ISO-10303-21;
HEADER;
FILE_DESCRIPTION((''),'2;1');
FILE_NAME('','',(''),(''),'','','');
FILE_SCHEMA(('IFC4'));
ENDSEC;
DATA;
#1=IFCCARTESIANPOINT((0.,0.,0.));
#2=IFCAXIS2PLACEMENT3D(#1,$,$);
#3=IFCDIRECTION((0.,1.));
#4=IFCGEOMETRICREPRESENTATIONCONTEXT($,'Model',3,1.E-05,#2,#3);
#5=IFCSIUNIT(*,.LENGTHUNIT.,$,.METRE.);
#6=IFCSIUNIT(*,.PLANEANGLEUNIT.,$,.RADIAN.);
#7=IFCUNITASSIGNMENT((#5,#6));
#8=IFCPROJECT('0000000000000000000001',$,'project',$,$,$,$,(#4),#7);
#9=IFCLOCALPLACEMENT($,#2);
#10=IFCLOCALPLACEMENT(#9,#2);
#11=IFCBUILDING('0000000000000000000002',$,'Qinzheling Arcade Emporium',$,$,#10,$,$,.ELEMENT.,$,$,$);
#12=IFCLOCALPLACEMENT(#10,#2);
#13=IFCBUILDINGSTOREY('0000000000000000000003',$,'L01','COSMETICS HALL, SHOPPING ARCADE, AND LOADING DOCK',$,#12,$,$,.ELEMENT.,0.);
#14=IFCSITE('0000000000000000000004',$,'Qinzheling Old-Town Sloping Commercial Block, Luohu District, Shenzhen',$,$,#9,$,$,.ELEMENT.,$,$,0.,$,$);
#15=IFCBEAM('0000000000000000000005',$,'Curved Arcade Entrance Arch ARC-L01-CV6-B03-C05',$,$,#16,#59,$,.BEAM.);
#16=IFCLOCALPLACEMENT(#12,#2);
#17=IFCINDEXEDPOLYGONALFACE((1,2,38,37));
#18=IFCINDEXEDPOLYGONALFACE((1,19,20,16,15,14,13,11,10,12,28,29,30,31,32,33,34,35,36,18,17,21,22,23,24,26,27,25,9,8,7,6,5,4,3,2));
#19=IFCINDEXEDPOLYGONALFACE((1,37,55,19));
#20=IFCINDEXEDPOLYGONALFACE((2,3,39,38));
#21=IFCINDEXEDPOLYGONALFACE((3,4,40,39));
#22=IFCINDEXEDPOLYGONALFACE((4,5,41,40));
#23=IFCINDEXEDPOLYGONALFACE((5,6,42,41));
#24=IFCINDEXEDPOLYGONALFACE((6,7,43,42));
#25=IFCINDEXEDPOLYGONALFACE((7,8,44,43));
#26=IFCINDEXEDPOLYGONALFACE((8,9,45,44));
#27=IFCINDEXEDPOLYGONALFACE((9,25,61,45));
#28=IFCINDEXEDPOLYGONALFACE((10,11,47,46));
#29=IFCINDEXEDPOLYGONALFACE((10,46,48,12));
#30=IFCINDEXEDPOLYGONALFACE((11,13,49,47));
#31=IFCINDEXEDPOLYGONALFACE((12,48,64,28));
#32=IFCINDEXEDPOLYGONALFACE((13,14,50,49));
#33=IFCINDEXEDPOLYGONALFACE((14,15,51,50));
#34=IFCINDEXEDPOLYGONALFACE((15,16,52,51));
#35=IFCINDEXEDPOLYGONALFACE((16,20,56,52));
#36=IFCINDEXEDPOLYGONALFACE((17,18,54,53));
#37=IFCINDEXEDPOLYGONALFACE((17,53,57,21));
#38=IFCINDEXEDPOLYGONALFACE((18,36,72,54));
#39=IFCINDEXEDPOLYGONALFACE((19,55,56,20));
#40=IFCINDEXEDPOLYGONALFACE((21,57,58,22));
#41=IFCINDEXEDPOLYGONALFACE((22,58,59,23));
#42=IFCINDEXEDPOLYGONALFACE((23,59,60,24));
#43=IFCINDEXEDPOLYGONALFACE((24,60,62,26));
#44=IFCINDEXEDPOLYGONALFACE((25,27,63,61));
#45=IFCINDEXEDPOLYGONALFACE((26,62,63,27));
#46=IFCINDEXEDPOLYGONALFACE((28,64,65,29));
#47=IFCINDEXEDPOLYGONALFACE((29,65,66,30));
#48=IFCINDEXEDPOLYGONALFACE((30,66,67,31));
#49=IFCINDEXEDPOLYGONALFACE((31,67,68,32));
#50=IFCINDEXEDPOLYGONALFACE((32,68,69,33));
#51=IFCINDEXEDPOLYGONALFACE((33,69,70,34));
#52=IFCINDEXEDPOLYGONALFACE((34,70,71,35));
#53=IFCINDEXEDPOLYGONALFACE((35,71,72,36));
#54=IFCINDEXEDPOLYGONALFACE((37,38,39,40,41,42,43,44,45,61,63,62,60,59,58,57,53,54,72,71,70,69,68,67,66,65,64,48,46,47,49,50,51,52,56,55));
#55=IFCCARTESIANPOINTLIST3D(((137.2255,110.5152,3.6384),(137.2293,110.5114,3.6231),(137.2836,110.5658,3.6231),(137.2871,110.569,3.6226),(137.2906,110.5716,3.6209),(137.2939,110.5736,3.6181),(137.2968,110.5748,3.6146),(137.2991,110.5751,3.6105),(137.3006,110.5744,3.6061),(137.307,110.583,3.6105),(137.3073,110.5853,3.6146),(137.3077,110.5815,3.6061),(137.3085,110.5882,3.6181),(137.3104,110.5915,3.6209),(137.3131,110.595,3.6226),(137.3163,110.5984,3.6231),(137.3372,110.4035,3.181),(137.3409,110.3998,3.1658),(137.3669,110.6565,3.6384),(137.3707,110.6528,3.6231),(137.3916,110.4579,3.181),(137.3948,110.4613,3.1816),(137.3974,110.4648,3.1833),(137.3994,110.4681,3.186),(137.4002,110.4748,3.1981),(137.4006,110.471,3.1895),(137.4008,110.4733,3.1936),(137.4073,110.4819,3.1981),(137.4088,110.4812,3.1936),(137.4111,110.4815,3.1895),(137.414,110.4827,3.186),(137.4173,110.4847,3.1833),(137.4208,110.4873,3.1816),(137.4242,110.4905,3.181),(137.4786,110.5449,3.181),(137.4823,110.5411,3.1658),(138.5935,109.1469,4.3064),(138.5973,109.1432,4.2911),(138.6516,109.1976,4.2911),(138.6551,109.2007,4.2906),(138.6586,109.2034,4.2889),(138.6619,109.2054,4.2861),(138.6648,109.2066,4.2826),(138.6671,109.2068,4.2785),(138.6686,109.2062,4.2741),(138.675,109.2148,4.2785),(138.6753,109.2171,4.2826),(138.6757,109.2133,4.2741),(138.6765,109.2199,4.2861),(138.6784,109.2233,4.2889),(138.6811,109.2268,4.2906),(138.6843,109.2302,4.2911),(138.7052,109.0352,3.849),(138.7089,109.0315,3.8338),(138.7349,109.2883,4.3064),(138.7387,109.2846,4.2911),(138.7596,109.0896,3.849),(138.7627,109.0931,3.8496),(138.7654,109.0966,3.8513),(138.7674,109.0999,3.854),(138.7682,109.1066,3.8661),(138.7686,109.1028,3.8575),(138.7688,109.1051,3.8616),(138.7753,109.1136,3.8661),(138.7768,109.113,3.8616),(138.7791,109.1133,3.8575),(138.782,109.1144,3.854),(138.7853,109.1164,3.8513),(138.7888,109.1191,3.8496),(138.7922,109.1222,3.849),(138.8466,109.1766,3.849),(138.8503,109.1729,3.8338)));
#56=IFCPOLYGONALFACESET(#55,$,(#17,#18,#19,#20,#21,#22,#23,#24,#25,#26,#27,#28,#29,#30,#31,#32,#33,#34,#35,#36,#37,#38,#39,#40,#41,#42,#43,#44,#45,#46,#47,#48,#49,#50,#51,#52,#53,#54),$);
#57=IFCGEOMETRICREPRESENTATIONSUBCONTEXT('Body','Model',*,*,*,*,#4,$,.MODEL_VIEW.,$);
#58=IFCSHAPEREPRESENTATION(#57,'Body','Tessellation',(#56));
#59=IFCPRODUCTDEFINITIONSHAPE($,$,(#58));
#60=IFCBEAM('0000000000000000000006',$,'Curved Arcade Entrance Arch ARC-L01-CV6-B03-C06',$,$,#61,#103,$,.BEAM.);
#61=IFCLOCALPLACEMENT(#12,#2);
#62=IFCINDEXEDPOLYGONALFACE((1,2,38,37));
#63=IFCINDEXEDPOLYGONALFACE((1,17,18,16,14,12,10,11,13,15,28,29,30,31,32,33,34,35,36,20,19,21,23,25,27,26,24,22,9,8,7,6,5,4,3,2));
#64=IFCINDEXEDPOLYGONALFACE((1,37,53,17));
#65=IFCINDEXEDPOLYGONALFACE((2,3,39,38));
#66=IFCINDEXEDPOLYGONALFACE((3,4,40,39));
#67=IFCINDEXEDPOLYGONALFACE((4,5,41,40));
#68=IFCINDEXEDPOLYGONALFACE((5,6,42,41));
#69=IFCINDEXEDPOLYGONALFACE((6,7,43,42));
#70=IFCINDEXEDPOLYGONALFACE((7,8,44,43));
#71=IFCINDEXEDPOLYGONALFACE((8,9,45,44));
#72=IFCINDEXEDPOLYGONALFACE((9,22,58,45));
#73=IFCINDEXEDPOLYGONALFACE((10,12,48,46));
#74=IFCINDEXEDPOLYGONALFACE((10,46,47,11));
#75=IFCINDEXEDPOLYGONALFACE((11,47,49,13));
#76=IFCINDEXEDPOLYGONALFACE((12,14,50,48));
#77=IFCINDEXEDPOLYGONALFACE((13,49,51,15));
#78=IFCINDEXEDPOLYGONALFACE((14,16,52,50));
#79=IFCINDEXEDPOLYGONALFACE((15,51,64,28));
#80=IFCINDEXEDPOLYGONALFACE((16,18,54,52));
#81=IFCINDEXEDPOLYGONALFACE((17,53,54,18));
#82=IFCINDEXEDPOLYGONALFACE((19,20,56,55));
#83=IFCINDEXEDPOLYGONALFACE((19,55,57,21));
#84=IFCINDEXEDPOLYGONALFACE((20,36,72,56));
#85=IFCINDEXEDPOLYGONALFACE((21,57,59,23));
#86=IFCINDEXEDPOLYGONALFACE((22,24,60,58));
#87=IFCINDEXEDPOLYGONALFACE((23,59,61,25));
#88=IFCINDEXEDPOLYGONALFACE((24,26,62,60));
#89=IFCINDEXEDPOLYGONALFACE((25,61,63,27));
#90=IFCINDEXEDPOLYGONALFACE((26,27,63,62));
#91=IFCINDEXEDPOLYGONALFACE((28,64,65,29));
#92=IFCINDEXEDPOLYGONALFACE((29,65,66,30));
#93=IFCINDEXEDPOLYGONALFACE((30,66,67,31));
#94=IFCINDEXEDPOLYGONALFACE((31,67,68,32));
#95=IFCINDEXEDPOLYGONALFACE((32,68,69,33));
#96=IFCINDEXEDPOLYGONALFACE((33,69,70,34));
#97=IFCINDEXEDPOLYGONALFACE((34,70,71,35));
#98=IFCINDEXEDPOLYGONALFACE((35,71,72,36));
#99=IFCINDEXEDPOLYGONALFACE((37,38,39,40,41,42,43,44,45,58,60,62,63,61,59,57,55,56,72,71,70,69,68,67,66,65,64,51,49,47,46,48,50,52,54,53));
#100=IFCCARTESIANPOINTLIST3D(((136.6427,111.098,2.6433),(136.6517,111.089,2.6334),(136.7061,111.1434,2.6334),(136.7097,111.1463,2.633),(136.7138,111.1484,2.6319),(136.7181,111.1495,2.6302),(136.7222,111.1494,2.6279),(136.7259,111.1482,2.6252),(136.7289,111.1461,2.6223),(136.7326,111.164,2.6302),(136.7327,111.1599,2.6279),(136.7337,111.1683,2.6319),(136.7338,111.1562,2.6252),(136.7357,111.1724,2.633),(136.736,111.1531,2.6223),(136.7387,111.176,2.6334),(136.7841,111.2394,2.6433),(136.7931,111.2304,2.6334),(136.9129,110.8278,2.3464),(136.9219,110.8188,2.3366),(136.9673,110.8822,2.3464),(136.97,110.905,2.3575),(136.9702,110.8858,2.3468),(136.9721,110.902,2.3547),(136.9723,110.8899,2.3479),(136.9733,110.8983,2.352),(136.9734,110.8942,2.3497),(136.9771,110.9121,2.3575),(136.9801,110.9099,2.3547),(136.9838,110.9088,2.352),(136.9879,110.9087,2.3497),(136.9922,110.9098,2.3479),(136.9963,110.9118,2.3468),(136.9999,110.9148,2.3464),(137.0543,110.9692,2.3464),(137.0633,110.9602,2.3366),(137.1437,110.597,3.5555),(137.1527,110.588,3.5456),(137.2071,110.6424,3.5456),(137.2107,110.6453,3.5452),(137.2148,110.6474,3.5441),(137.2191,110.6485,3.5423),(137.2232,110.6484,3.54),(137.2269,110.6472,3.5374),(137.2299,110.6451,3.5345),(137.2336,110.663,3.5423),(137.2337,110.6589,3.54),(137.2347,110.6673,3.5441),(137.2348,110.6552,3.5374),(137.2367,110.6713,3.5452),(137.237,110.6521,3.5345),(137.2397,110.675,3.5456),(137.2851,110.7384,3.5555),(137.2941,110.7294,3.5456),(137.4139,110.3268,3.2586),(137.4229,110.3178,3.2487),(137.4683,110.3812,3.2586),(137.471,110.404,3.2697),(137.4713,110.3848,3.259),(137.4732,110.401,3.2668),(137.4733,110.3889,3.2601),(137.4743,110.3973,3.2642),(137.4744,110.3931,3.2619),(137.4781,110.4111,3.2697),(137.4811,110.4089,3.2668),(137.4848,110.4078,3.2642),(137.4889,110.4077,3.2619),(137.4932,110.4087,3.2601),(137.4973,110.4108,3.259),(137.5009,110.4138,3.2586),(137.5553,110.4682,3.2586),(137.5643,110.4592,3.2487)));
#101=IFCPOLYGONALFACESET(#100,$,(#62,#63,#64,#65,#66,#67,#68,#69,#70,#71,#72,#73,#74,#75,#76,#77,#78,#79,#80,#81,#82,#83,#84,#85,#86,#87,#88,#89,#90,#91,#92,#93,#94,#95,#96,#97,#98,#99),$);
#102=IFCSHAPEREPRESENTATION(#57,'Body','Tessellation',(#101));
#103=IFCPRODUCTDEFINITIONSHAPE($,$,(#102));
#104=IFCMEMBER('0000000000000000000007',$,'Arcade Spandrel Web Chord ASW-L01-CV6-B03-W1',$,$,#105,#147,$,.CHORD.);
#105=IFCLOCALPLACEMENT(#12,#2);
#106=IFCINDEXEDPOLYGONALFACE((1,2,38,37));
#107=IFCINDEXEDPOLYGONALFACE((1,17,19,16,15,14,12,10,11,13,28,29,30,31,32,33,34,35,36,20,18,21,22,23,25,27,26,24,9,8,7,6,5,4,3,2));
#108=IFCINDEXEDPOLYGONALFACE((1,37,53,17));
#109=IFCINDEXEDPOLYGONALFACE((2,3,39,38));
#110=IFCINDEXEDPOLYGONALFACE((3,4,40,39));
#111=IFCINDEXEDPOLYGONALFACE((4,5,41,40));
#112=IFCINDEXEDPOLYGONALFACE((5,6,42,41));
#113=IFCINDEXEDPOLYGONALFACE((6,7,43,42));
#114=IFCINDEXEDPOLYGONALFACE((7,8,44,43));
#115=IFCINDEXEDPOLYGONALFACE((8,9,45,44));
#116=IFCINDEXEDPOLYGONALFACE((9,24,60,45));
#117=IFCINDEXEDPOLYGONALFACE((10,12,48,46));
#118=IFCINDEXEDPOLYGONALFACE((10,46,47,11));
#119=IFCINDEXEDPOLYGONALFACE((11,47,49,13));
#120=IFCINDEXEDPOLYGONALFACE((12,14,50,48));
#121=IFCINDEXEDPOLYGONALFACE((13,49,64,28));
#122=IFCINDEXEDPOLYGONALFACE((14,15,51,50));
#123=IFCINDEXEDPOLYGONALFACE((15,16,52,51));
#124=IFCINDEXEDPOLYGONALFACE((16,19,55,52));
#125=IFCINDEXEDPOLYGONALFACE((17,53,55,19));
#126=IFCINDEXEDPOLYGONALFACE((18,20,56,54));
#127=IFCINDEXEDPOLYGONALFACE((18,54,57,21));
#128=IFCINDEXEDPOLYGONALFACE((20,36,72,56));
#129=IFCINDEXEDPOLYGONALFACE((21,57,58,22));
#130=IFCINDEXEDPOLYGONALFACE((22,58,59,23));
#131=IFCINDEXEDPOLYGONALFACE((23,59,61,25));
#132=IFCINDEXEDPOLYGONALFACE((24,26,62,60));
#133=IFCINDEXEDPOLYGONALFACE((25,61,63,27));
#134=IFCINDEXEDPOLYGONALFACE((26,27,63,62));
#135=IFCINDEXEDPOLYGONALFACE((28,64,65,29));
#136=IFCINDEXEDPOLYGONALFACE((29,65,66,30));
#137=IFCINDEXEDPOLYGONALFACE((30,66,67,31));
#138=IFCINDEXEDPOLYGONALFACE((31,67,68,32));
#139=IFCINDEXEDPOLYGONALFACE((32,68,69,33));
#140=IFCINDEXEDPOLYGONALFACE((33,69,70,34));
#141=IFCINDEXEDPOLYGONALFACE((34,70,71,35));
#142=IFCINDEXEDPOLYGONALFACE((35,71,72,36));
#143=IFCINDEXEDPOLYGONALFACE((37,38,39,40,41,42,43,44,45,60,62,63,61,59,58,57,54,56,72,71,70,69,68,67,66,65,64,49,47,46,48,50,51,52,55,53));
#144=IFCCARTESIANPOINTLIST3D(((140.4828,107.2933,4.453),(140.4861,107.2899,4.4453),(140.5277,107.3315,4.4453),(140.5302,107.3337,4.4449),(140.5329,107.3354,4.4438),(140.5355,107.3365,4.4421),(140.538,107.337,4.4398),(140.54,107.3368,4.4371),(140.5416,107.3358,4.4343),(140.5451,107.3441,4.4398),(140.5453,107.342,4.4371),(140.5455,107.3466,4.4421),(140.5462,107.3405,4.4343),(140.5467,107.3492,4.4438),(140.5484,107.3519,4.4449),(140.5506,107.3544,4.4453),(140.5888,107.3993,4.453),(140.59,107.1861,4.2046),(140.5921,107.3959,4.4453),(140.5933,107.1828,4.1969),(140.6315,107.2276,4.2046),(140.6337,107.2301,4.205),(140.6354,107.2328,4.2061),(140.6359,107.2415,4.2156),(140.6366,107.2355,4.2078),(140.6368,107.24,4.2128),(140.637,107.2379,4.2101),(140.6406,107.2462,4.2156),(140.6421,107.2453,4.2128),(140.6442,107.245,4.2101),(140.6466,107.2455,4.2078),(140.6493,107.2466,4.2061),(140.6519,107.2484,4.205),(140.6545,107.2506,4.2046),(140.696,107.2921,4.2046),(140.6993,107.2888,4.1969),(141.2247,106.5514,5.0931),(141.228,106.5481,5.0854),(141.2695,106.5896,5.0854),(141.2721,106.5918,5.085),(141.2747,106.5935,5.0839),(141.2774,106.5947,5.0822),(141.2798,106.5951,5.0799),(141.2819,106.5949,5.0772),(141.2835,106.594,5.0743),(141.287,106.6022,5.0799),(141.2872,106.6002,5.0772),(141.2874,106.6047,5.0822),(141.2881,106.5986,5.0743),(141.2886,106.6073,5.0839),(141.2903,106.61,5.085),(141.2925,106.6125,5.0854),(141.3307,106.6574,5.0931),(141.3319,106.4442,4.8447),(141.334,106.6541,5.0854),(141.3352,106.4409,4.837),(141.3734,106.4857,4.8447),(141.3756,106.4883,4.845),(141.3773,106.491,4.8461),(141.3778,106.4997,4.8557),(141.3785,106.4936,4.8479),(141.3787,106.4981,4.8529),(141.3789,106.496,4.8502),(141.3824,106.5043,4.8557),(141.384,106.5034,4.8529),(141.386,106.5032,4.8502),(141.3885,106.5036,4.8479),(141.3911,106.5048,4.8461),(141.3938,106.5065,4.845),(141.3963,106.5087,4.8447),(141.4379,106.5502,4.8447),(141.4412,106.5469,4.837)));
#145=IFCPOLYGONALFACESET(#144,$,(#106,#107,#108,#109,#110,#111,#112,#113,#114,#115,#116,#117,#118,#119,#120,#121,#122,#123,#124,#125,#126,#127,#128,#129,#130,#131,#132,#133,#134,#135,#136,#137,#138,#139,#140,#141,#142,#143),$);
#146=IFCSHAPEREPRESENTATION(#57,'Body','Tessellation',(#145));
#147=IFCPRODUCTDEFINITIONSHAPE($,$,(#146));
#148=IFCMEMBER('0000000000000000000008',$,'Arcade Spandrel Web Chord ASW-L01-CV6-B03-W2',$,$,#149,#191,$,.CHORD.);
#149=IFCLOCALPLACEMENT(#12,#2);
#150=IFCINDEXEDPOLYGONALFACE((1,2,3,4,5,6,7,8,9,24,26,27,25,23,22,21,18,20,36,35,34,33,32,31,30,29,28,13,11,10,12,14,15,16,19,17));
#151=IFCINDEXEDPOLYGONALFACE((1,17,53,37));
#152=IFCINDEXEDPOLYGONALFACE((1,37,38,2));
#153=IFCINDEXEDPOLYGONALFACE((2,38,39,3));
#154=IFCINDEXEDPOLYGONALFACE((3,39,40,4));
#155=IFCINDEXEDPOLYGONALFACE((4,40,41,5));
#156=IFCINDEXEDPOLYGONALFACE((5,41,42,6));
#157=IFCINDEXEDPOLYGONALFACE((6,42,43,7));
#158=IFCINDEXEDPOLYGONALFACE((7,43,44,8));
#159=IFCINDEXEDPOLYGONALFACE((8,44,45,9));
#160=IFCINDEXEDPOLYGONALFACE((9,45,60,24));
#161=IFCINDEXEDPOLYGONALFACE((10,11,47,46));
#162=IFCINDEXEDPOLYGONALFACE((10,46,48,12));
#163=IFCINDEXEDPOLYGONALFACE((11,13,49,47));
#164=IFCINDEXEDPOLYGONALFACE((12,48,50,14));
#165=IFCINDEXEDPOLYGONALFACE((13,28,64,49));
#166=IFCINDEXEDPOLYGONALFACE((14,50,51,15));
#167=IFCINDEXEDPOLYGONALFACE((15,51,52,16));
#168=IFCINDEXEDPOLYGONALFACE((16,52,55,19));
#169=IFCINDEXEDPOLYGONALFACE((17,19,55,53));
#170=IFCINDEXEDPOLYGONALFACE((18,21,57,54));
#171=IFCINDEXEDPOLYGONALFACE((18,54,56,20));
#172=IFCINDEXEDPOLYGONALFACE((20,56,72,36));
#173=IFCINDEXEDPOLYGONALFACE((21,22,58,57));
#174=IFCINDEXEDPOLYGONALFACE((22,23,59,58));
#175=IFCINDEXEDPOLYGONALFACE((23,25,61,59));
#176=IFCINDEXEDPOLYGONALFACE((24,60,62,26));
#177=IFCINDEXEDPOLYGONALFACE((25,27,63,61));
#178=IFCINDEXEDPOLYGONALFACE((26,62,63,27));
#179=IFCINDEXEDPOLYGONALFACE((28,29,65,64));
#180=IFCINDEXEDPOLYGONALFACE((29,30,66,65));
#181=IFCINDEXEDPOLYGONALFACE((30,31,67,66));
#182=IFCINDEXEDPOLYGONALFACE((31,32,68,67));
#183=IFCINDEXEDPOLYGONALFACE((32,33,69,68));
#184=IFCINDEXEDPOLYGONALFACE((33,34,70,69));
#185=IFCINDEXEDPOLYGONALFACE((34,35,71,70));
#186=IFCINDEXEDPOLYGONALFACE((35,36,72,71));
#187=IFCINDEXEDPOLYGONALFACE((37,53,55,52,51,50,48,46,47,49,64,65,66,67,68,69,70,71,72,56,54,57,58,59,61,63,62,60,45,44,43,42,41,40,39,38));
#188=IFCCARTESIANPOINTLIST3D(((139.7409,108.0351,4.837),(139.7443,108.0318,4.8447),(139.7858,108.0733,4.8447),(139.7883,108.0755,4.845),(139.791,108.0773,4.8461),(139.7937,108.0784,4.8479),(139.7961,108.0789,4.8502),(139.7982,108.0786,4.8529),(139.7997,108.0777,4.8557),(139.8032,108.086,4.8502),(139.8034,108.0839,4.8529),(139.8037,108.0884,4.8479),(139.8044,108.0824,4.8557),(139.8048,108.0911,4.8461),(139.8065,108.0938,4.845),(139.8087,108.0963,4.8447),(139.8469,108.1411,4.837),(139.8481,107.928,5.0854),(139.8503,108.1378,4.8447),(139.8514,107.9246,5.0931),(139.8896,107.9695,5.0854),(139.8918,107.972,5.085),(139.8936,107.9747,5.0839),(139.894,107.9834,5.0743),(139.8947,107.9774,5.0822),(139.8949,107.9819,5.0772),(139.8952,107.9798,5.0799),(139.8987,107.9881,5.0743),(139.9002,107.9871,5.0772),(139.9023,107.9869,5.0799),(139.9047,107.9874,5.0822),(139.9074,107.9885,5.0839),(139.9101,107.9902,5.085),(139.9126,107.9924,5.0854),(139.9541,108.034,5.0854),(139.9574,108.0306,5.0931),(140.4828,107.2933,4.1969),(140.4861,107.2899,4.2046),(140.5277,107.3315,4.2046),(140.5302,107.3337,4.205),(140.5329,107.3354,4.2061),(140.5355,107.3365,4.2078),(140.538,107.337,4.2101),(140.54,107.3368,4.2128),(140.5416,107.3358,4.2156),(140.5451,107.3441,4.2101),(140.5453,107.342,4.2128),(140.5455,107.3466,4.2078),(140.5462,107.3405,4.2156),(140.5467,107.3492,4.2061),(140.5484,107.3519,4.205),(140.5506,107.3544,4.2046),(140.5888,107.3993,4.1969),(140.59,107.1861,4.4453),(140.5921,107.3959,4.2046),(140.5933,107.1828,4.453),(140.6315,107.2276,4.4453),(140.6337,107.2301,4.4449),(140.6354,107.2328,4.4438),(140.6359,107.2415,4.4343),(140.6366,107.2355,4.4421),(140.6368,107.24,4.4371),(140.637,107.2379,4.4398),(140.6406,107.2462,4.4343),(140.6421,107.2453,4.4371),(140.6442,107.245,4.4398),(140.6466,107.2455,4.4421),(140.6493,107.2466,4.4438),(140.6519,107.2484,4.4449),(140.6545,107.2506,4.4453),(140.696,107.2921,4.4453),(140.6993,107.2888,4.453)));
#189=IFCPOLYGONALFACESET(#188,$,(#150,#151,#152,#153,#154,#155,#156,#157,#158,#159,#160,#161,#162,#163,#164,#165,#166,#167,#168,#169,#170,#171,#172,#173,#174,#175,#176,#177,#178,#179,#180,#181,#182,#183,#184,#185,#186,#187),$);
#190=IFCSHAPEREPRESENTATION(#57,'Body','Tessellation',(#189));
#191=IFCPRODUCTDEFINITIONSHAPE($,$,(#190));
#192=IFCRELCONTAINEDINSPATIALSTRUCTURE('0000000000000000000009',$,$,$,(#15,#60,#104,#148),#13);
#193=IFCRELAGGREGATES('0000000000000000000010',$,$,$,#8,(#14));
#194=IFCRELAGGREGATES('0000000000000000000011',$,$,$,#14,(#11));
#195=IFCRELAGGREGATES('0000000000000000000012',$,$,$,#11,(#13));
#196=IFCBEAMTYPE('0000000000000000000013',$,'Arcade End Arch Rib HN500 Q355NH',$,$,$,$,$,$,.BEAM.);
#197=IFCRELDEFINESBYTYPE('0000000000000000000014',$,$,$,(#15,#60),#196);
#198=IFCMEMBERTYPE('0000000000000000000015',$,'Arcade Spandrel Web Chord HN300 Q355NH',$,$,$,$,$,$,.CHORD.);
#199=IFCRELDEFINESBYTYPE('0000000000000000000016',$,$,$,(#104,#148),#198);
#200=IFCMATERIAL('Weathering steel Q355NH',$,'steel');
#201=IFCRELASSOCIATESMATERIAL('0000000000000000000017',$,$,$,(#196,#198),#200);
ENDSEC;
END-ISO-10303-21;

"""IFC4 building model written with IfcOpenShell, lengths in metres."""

from ifc_helpers import new_model, si_unit, direction, frame, origin, origin_2d, place, context, subcontext, project, spatial, i_section, extrude, material, material_profile, profile_set, type_object, element, save


model = new_model("IFC4")

# Units and contexts
model_context = context("Model", 3, precision=1e-05, world=origin(), true_north=direction((0.0, 1.0)))
body_context = subcontext(model_context, "Body", "Model", "MODEL_VIEW")
ifc_project = project(units=[si_unit("LENGTHUNIT", "METRE"), si_unit("PLANEANGLEUNIT", "RADIAN")], contexts=[model_context])

# Site, building, storey
site_placement = place(None, origin())
site = spatial("IfcSite", under=ifc_project, at=site_placement, Name="Qinzheling Old-Town Sloping Commercial Block, Luohu District, Shenzhen", CompositionType="ELEMENT", RefElevation=0.0)
building_placement = place(site_placement, origin())
building = spatial("IfcBuilding", under=site, at=building_placement, Name="Qinzheling Arcade Emporium", CompositionType="ELEMENT")
storey_placement = place(building_placement, origin())
storey = spatial("IfcBuildingStorey", under=building, at=storey_placement, Name="L01", Description="COSMETICS HALL, SHOPPING ARCADE, AND LOADING DOCK", CompositionType="ELEMENT", Elevation=0.0)

# Beams
ifc_material_1 = material(Name="Weathering steel Q355NH", Category="steel")
ifc_material_profile_1 = material_profile(ifc_material_1, i_section(OverallWidth=0.2, OverallDepth=0.5, WebThickness=0.01, FlangeThickness=0.0161, FilletRadius=0.0181, at=origin_2d()), Name="HN 500x200x10x16", Category="steel")
ifc_profile_set_1 = profile_set([ifc_material_profile_1], Name="Weathering steel Q355NH")
beam_type_1 = type_object("IfcBeamType", Name="Arcade End Arch Rib HN500 Q355NH", PredefinedType="BEAM", material=ifc_profile_set_1)
beam_1_placement = place(storey_placement, frame((138.7219, 109.1599, 4.0701), z_axis=(-0.668332, 0.668451, -0.326353), x_axis=(-0.70717, -0.707044, 0.0)))
element("IfcBeam", 1, at=beam_1_placement, inside=storey, type_object=beam_type_1, Name="Curved Arcade Entrance Arch ARC-L01-CV6-B03-C05", PredefinedType="BEAM", context=body_context, shape_type="SweptSolid", body=[
    extrude(i_section(OverallWidth=0.2, OverallDepth=0.5, WebThickness=0.01, FlangeThickness=0.0161, FilletRadius=0.0181, at=origin_2d()), origin(), (0.0, 0.0, 1.0), 2.0469),
])
beam_2_placement = place(storey_placement, frame((137.354, 110.5281, 3.4021), z_axis=(-0.433767, 0.433767, -0.789743), x_axis=(-0.707107, -0.707107, 0.0)))
element("IfcBeam", 2, at=beam_2_placement, inside=storey, type_object=beam_type_1, Name="Curved Arcade Entrance Arch ARC-L01-CV6-B03-C06", PredefinedType="BEAM", context=body_context, shape_type="SweptSolid", body=[
    extrude(i_section(OverallWidth=0.2, OverallDepth=0.5, WebThickness=0.01, FlangeThickness=0.0161, FilletRadius=0.0181, at=origin_2d()), origin(), (0.0, 0.0, 1.0), 1.155),
])

# Members
ifc_material_profile_2 = material_profile(ifc_material_1, i_section(OverallWidth=0.1499, OverallDepth=0.3, WebThickness=0.0066, FlangeThickness=0.009, FilletRadius=0.0129, at=origin_2d()), Name="HN 300x150x6.5x9", Category="steel")
ifc_profile_set_2 = profile_set([ifc_material_profile_2], Name="Weathering steel Q355NH")
member_type_1 = type_object("IfcMemberType", Name="Arcade Spandrel Web Chord HN300 Q355NH", PredefinedType="CHORD", material=ifc_profile_set_2)
for number, where, z_axis, x_axis, name in (
    (3, (140.5911, 107.291, 4.325), (0.603638, -0.603638, 0.520809), (0.707107, 0.707107, 0.0), "Arcade Spandrel Web Chord ASW-L01-CV6-B03-W1"),
    (4, (140.5911, 107.291, 4.325), (-0.603638, 0.603638, 0.520809), (-0.707107, -0.707107, 0.0), "Arcade Spandrel Web Chord ASW-L01-CV6-B03-W2"),
):
    element("IfcMember", number, at=place(storey_placement, frame(where, z_axis=z_axis, x_axis=x_axis)), inside=storey, type_object=member_type_1, Name=name, PredefinedType="CHORD", context=body_context, shape_type="SweptSolid", body=[
        extrude(i_section(OverallWidth=0.1499, OverallDepth=0.3, WebThickness=0.0066, FlangeThickness=0.009, FilletRadius=0.0129, at=origin_2d()), origin(), (0.0, 0.0, 1.0), 1.229),
    ])

save(model, "model.ifc")
